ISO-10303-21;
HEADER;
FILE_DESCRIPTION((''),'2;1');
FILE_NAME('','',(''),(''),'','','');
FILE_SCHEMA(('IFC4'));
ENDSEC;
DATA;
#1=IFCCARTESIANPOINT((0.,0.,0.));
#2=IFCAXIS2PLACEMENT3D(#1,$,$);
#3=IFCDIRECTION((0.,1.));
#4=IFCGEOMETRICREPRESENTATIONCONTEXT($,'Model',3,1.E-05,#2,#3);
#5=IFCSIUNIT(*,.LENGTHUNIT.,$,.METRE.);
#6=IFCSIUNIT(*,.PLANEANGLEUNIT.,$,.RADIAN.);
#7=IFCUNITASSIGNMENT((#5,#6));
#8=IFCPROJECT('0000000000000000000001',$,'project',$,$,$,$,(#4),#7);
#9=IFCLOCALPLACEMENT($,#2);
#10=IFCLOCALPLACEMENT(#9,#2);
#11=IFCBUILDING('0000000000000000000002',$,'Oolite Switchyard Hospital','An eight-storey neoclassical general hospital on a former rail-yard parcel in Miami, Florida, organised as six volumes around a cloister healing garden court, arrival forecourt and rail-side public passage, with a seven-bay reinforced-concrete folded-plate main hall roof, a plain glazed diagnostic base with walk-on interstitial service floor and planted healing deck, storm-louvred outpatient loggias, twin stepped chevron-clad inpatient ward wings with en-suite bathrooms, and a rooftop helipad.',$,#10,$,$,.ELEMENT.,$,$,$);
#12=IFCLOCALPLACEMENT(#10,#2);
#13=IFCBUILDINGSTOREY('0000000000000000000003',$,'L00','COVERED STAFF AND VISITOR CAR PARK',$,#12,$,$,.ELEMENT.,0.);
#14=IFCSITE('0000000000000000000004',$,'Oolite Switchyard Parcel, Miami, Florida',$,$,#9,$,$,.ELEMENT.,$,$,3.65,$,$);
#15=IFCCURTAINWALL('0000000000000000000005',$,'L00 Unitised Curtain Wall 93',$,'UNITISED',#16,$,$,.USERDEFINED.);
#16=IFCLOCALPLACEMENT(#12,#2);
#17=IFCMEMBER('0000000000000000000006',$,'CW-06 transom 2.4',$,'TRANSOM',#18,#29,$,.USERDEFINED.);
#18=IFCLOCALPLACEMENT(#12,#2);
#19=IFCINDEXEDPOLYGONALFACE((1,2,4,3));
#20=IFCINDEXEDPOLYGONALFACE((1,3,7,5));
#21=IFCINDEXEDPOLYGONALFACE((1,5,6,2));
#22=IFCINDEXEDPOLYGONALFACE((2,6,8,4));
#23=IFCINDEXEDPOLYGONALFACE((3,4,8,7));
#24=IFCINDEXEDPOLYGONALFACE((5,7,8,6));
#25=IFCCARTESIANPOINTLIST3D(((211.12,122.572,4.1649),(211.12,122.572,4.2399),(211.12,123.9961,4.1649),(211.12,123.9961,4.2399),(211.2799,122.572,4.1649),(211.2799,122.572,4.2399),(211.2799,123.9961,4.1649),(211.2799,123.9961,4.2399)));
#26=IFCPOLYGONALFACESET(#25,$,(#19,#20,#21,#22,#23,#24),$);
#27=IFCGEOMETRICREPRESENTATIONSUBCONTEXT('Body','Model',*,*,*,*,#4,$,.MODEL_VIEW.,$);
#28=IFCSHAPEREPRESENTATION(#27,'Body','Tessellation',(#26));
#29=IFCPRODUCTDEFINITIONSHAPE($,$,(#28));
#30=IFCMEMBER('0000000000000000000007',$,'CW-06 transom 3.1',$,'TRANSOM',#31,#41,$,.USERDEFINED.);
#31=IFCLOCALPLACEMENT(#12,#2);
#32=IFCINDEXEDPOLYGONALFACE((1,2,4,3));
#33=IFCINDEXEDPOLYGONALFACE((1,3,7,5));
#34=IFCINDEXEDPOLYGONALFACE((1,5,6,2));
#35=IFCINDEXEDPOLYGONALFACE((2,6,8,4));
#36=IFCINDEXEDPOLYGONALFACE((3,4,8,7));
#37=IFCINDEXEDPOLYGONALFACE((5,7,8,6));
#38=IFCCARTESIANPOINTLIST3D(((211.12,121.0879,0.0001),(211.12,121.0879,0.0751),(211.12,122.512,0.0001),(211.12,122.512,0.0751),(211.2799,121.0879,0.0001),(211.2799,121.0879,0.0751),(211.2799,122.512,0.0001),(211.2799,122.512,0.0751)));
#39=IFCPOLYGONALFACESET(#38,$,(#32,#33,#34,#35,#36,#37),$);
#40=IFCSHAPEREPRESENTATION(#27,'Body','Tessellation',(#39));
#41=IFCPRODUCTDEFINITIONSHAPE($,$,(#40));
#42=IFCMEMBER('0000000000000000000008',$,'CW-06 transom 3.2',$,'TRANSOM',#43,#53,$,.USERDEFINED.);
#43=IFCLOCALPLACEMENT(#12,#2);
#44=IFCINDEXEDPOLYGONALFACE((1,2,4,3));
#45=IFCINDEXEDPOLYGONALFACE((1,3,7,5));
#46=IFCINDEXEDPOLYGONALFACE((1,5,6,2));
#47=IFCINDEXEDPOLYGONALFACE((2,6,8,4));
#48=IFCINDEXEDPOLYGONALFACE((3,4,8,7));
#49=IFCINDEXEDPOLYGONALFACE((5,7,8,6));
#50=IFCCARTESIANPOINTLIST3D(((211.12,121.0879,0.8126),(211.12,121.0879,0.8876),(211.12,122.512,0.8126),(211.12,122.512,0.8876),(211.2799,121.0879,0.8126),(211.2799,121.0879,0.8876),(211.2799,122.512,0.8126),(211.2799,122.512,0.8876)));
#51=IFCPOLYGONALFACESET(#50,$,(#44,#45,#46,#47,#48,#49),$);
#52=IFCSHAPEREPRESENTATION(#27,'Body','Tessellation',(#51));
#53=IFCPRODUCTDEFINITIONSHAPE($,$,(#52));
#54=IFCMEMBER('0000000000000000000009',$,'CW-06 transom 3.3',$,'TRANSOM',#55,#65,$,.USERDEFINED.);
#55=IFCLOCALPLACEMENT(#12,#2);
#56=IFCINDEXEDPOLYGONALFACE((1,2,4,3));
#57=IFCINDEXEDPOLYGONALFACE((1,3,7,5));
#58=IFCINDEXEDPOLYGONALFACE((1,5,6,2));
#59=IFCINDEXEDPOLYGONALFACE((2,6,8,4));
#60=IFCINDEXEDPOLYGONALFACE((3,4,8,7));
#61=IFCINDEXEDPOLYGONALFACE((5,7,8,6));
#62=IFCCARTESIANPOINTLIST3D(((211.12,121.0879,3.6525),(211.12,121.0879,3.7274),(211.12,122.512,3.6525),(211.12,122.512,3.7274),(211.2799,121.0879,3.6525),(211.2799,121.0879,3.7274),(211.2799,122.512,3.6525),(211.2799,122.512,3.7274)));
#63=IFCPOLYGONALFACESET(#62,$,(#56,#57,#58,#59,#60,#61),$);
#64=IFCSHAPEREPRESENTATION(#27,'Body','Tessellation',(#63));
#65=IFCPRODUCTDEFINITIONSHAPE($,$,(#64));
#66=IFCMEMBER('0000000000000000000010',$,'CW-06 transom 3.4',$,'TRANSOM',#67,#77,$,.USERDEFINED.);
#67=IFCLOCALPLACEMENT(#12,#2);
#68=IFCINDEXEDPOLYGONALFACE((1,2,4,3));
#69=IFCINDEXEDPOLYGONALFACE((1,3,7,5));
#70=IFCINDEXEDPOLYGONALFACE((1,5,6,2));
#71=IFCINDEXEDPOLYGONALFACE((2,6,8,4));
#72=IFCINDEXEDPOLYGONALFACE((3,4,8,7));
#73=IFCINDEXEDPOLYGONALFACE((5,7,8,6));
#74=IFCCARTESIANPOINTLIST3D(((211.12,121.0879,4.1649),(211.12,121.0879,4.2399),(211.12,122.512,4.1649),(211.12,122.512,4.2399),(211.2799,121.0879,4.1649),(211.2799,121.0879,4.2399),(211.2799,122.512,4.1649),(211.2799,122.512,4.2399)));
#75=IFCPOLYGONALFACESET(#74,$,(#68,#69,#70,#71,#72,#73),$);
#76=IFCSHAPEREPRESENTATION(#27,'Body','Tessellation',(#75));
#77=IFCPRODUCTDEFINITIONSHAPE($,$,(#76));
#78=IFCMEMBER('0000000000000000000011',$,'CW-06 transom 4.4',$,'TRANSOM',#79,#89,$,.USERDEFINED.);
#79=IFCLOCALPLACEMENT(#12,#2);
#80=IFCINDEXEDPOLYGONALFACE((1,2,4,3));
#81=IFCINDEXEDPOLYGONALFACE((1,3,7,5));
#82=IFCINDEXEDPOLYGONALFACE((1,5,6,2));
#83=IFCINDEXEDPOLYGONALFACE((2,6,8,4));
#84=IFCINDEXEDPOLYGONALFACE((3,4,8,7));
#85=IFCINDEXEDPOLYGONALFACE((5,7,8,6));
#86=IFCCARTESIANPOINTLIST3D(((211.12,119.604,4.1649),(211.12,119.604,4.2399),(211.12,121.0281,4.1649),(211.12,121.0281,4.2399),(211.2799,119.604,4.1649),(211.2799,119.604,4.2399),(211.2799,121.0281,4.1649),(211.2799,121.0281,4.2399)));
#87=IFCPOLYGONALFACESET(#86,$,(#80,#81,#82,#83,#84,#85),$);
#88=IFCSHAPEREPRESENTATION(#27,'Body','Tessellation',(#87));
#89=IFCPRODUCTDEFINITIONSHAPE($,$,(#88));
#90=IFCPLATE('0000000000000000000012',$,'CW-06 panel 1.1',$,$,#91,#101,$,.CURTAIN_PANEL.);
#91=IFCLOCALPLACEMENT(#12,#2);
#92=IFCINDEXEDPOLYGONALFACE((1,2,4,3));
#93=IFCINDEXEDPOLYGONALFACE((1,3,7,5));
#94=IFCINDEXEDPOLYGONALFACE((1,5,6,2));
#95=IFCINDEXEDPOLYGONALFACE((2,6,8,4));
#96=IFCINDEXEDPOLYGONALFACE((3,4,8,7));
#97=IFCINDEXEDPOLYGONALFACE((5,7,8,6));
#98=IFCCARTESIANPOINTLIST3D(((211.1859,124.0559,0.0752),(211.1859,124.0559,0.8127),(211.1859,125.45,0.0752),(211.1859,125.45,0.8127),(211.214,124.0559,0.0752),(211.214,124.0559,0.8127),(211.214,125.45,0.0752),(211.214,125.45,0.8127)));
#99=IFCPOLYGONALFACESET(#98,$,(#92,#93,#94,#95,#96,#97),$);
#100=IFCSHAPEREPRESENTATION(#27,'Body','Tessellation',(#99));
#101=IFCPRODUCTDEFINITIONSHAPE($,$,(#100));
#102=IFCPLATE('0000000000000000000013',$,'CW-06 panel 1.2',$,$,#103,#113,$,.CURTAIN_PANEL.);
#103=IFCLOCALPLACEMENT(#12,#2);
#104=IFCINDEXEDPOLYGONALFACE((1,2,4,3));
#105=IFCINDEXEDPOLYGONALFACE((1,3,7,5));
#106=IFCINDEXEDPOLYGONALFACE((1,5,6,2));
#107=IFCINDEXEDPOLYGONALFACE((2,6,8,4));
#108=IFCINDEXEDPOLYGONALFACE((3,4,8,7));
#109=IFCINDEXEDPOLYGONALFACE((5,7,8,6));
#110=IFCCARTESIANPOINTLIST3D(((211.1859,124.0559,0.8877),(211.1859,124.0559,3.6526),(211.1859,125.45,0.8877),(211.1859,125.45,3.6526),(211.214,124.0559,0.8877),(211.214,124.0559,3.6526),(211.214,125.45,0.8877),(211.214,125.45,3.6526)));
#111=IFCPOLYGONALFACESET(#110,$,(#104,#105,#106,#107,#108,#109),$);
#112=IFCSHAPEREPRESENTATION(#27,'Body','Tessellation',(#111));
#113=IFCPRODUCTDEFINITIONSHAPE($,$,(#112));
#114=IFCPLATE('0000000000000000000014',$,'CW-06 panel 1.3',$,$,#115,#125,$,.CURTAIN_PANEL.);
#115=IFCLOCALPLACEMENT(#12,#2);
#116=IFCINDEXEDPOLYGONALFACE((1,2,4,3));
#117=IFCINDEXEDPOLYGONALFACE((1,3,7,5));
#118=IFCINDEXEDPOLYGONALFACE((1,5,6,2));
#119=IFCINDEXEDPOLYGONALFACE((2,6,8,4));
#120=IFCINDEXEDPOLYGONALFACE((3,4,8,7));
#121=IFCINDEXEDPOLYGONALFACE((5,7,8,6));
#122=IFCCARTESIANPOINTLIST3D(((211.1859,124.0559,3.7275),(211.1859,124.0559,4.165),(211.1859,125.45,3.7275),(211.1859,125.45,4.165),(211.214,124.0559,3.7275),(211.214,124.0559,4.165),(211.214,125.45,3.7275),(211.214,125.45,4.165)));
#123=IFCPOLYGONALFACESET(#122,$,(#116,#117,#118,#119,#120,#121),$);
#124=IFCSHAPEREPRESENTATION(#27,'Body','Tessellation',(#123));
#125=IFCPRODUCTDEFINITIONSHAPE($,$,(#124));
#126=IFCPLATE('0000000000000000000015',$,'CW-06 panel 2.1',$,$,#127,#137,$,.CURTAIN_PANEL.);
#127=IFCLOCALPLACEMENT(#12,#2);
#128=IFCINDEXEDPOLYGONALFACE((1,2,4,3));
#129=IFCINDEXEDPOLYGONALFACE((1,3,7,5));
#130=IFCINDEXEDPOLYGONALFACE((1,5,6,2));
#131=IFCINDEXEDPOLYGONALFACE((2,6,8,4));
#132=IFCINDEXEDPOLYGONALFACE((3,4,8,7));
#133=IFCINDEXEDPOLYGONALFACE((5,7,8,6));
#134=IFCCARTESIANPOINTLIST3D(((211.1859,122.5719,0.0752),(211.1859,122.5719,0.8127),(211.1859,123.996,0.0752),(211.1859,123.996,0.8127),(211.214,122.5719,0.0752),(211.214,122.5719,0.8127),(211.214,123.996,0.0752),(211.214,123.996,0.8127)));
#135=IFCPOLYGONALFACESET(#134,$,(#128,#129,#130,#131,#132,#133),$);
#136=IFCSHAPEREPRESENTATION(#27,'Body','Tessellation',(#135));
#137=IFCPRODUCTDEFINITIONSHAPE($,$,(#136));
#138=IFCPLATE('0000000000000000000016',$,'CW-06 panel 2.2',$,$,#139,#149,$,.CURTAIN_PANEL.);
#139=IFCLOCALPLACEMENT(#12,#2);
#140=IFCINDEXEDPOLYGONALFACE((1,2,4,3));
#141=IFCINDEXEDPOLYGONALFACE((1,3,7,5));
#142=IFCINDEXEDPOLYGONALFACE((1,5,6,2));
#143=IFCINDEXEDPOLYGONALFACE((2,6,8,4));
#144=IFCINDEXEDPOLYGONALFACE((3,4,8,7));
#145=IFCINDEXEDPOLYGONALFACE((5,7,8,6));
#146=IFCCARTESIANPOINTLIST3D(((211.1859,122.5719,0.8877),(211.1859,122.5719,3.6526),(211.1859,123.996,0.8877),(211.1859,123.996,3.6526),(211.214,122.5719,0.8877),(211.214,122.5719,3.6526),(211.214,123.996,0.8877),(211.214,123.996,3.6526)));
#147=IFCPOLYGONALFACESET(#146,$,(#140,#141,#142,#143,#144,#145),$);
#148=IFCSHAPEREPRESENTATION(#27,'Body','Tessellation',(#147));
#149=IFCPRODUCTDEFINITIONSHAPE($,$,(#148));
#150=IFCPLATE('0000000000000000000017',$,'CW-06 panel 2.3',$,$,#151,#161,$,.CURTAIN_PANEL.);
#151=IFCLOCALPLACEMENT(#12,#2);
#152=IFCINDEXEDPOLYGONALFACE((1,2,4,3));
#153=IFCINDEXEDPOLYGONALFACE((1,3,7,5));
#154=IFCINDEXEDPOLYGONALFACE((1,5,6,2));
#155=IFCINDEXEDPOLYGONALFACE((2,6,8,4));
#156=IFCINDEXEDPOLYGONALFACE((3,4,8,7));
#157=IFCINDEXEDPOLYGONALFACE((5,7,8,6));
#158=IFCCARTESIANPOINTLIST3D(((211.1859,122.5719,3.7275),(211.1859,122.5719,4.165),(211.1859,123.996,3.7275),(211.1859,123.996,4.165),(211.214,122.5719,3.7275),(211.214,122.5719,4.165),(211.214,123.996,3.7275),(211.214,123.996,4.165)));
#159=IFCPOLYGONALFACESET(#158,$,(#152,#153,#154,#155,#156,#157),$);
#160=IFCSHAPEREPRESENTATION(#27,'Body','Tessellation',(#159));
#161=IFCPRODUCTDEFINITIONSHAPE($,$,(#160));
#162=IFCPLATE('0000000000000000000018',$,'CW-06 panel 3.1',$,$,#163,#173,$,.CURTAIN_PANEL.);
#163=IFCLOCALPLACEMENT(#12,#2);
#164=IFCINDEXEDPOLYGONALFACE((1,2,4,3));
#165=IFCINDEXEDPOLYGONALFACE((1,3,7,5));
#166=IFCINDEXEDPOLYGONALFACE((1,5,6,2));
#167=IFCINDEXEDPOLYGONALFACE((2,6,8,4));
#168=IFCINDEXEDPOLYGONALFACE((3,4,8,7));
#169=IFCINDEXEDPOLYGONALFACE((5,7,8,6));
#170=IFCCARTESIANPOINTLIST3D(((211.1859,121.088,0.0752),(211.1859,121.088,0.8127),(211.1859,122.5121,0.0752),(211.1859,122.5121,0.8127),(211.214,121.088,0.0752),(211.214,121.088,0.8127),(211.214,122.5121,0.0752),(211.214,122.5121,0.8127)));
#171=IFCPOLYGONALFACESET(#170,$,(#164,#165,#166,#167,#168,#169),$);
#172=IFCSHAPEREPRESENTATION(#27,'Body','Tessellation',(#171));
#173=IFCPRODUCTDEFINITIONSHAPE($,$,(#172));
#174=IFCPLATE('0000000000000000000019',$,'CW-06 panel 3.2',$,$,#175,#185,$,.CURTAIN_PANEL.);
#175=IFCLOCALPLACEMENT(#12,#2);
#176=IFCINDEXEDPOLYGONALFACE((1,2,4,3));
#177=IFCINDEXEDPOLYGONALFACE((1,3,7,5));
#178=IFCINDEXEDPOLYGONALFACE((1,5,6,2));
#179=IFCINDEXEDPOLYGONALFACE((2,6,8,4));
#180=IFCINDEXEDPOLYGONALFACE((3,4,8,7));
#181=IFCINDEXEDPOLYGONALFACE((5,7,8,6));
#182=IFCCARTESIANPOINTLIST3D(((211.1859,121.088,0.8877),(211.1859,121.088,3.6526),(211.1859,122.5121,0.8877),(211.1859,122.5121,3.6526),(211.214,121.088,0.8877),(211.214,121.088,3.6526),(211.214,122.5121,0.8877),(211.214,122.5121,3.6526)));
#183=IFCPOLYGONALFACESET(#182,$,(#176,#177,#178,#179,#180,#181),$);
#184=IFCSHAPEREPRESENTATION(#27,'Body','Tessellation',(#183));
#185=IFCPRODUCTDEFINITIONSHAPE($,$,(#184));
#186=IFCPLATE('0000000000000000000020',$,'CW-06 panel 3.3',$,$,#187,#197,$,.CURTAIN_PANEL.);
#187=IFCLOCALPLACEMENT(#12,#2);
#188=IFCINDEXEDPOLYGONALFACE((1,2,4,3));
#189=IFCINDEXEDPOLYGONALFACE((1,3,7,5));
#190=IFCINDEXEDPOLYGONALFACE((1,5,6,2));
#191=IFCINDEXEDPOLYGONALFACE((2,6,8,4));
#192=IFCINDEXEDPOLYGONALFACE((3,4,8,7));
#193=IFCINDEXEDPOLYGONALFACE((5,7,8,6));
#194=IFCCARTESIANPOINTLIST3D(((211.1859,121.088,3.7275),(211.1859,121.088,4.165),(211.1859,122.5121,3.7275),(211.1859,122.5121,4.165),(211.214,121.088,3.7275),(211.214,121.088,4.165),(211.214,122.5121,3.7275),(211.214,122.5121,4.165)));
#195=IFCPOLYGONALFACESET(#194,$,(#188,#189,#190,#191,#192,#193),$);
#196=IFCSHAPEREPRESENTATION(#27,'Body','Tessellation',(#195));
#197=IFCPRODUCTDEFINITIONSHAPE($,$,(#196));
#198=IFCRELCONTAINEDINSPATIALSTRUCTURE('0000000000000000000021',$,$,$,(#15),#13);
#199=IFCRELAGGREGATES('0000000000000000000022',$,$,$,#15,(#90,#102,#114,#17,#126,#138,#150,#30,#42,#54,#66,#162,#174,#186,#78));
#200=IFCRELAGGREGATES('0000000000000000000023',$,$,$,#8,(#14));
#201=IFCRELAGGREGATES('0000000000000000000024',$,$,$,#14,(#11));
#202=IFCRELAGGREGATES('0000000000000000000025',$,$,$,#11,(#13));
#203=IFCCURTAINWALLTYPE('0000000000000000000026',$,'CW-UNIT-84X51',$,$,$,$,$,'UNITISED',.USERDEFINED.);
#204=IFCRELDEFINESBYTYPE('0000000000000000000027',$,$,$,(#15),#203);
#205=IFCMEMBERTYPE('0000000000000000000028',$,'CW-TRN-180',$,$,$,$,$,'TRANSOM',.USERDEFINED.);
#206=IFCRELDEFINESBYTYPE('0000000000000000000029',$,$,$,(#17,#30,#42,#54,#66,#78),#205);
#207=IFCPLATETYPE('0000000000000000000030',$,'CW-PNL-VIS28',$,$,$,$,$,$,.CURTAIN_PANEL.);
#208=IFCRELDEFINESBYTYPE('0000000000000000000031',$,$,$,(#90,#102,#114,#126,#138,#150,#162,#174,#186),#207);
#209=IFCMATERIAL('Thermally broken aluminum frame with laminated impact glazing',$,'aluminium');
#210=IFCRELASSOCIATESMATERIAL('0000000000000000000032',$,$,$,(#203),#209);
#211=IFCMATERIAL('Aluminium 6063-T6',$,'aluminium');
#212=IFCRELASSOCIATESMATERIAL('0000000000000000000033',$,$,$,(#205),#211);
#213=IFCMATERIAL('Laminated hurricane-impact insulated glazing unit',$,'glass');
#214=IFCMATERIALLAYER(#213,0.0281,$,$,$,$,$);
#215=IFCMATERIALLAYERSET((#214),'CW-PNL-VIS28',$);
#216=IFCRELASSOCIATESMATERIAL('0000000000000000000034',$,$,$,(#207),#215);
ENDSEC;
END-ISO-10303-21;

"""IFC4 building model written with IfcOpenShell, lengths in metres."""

from ifc_helpers import new_model, si_unit, direction, frame, origin, origin_2d, place, context, subcontext, project, spatial, rectangle, extrude, material, layer, layer_set, material_profile, profile_set, type_object, element, aggregate, save


model = new_model("IFC4")

# Units and contexts
model_context = context("Model", 3, precision=1e-05, world=origin(), true_north=direction((0.0, 1.0)))
body_context = subcontext(model_context, "Body", "Model", "MODEL_VIEW")
ifc_project = project(units=[si_unit("LENGTHUNIT", "METRE"), si_unit("PLANEANGLEUNIT", "RADIAN")], contexts=[model_context])

# Site, building, storey
site_placement = place(None, origin())
site = spatial("IfcSite", under=ifc_project, at=site_placement, Name="Oolite Switchyard Parcel, Miami, Florida", CompositionType="ELEMENT", RefElevation=3.65)
building_placement = place(site_placement, origin())
building = spatial("IfcBuilding", under=site, at=building_placement, Name="Oolite Switchyard Hospital", Description="An eight-storey neoclassical general hospital on a former rail-yard parcel in Miami, Florida, organised as six volumes around a cloister healing garden court, arrival forecourt and rail-side public passage, with a seven-bay reinforced-concrete folded-plate main hall roof, a plain glazed diagnostic base with walk-on interstitial service floor and planted healing deck, storm-louvred outpatient loggias, twin stepped chevron-clad inpatient ward wings with en-suite bathrooms, and a rooftop helipad.", CompositionType="ELEMENT")
storey_placement = place(building_placement, origin())
storey = spatial("IfcBuildingStorey", under=building, at=storey_placement, Name="L00", Description="COVERED STAFF AND VISITOR CAR PARK", CompositionType="ELEMENT", Elevation=0.0)

# Curtain wall, members, plates
ifc_material_1 = material(Name="Thermally broken aluminum frame with laminated impact glazing", Category="aluminium")
curtain_wall_type = type_object("IfcCurtainWallType", Name="CW-UNIT-84X51", ElementType="UNITISED", PredefinedType="USERDEFINED", material=ifc_material_1)
curtain_wall_placement = place(storey_placement, origin())
curtain_wall = element("IfcCurtainWall", 1, at=curtain_wall_placement, inside=storey, type_object=curtain_wall_type, Name="L00 Unitised Curtain Wall 93", ObjectType="UNITISED", PredefinedType="USERDEFINED")
ifc_material_2 = material(Name="Aluminium 6063-T6", Category="aluminium")
ifc_material_profile_1 = material_profile(ifc_material_2, rectangle(XDim=0.1599, YDim=0.075, at=origin_2d()), Name="CWT75X160")
ifc_profile_set_1 = profile_set([ifc_material_profile_1], Name="Aluminium 6063-T6")
member_type_1 = type_object("IfcMemberType", Name="CW-TRN-180", ElementType="TRANSOM", PredefinedType="USERDEFINED", material=ifc_profile_set_1)
member_1_placement = place(storey_placement, frame((211.2, 123.9961, 4.2024), z_axis=(0.0, -1.0, 0.0), x_axis=(1.0, 0.0, 0.0)))
member_1 = element("IfcMember", 2, at=member_1_placement, type_object=member_type_1, Name="CW-06 transom 2.4", ObjectType="TRANSOM", PredefinedType="USERDEFINED", context=body_context, shape_type="SweptSolid", body=[
    extrude(rectangle(XDim=0.1599, YDim=0.075, at=origin_2d()), origin(), (0.0, 0.0, 1.0), 1.4241),
])
member_2_placement = place(storey_placement, frame((211.2, 122.512, 0.0376), z_axis=(0.0, -1.0, 0.0), x_axis=(1.0, 0.0, 0.0)))
member_2 = element("IfcMember", 3, at=member_2_placement, type_object=member_type_1, Name="CW-06 transom 3.1", ObjectType="TRANSOM", PredefinedType="USERDEFINED", context=body_context, shape_type="SweptSolid", body=[
    extrude(rectangle(XDim=0.1599, YDim=0.075, at=origin_2d()), origin(), (0.0, 0.0, 1.0), 1.4241),
])
member_3_placement = place(storey_placement, frame((211.2, 122.512, 0.8501), z_axis=(0.0, -1.0, 0.0), x_axis=(1.0, 0.0, 0.0)))
member_3 = element("IfcMember", 4, at=member_3_placement, type_object=member_type_1, Name="CW-06 transom 3.2", ObjectType="TRANSOM", PredefinedType="USERDEFINED", context=body_context, shape_type="SweptSolid", body=[
    extrude(rectangle(XDim=0.1599, YDim=0.075, at=origin_2d()), origin(), (0.0, 0.0, 1.0), 1.4241),
])
member_4_placement = place(storey_placement, frame((211.2, 122.512, 3.6899), z_axis=(0.0, -1.0, 0.0), x_axis=(1.0, 0.0, 0.0)))
member_4 = element("IfcMember", 5, at=member_4_placement, type_object=member_type_1, Name="CW-06 transom 3.3", ObjectType="TRANSOM", PredefinedType="USERDEFINED", context=body_context, shape_type="SweptSolid", body=[
    extrude(rectangle(XDim=0.1599, YDim=0.075, at=origin_2d()), origin(), (0.0, 0.0, 1.0), 1.4241),
])
member_5_placement = place(storey_placement, frame((211.2, 122.512, 4.2024), z_axis=(0.0, -1.0, 0.0), x_axis=(1.0, 0.0, 0.0)))
member_5 = element("IfcMember", 6, at=member_5_placement, type_object=member_type_1, Name="CW-06 transom 3.4", ObjectType="TRANSOM", PredefinedType="USERDEFINED", context=body_context, shape_type="SweptSolid", body=[
    extrude(rectangle(XDim=0.1599, YDim=0.075, at=origin_2d()), origin(), (0.0, 0.0, 1.0), 1.4241),
])
member_6_placement = place(storey_placement, frame((211.2, 121.0281, 4.2024), z_axis=(0.0, -1.0, 0.0), x_axis=(1.0, 0.0, 0.0)))
member_6 = element("IfcMember", 7, at=member_6_placement, type_object=member_type_1, Name="CW-06 transom 4.4", ObjectType="TRANSOM", PredefinedType="USERDEFINED", context=body_context, shape_type="SweptSolid", body=[
    extrude(rectangle(XDim=0.1599, YDim=0.075, at=origin_2d()), origin(), (0.0, 0.0, 1.0), 1.4241),
])
ifc_material_3 = material(Name="Laminated hurricane-impact insulated glazing unit", Category="glass")
ifc_layer = layer(ifc_material_3, 0.0281)
ifc_layer_set = layer_set([ifc_layer], Name="CW-PNL-VIS28")
plate_type = type_object("IfcPlateType", Name="CW-PNL-VIS28", PredefinedType="CURTAIN_PANEL", material=ifc_layer_set)
plate_1_placement = place(storey_placement, frame((211.2, 124.7529, 0.0752), z_axis=(0.0, 0.0, 1.0), x_axis=(0.0, -1.0, 0.0)))
plate_1 = element("IfcPlate", 8, at=plate_1_placement, type_object=plate_type, Name="CW-06 panel 1.1", PredefinedType="CURTAIN_PANEL", context=body_context, shape_type="SweptSolid", body=[
    extrude(rectangle(XDim=1.394, YDim=0.0281, at=origin_2d()), origin(), (0.0, 0.0, 1.0), 0.7375),
])
plate_2_placement = place(storey_placement, frame((211.2, 124.7529, 0.8877), z_axis=(0.0, 0.0, 1.0), x_axis=(0.0, -1.0, 0.0)))
plate_2 = element("IfcPlate", 9, at=plate_2_placement, type_object=plate_type, Name="CW-06 panel 1.2", PredefinedType="CURTAIN_PANEL", context=body_context, shape_type="SweptSolid", body=[
    extrude(rectangle(XDim=1.394, YDim=0.0281, at=origin_2d()), origin(), (0.0, 0.0, 1.0), 2.7649),
])
plate_3_placement = place(storey_placement, frame((211.2, 124.7529, 3.7275), z_axis=(0.0, 0.0, 1.0), x_axis=(0.0, -1.0, 0.0)))
plate_3 = element("IfcPlate", 10, at=plate_3_placement, type_object=plate_type, Name="CW-06 panel 1.3", PredefinedType="CURTAIN_PANEL", context=body_context, shape_type="SweptSolid", body=[
    extrude(rectangle(XDim=1.394, YDim=0.0281, at=origin_2d()), origin(), (0.0, 0.0, 1.0), 0.4375),
])
plate_4_placement = place(storey_placement, frame((211.2, 123.2839, 0.0752), z_axis=(0.0, 0.0, 1.0), x_axis=(0.0, -1.0, 0.0)))
plate_4 = element("IfcPlate", 11, at=plate_4_placement, type_object=plate_type, Name="CW-06 panel 2.1", PredefinedType="CURTAIN_PANEL", context=body_context, shape_type="SweptSolid", body=[
    extrude(rectangle(XDim=1.4241, YDim=0.0281, at=origin_2d()), origin(), (0.0, 0.0, 1.0), 0.7375),
])
plate_5_placement = place(storey_placement, frame((211.2, 123.2839, 0.8877), z_axis=(0.0, 0.0, 1.0), x_axis=(0.0, -1.0, 0.0)))
plate_5 = element("IfcPlate", 12, at=plate_5_placement, type_object=plate_type, Name="CW-06 panel 2.2", PredefinedType="CURTAIN_PANEL", context=body_context, shape_type="SweptSolid", body=[
    extrude(rectangle(XDim=1.4241, YDim=0.0281, at=origin_2d()), origin(), (0.0, 0.0, 1.0), 2.7649),
])
plate_6_placement = place(storey_placement, frame((211.2, 123.2839, 3.7275), z_axis=(0.0, 0.0, 1.0), x_axis=(0.0, -1.0, 0.0)))
plate_6 = element("IfcPlate", 13, at=plate_6_placement, type_object=plate_type, Name="CW-06 panel 2.3", PredefinedType="CURTAIN_PANEL", context=body_context, shape_type="SweptSolid", body=[
    extrude(rectangle(XDim=1.4241, YDim=0.0281, at=origin_2d()), origin(), (0.0, 0.0, 1.0), 0.4375),
])
plate_7_placement = place(storey_placement, frame((211.2, 121.8, 0.0752), z_axis=(0.0, 0.0, 1.0), x_axis=(0.0, -1.0, 0.0)))
plate_7 = element("IfcPlate", 14, at=plate_7_placement, type_object=plate_type, Name="CW-06 panel 3.1", PredefinedType="CURTAIN_PANEL", context=body_context, shape_type="SweptSolid", body=[
    extrude(rectangle(XDim=1.4241, YDim=0.0281, at=origin_2d()), origin(), (0.0, 0.0, 1.0), 0.7375),
])
plate_8_placement = place(storey_placement, frame((211.2, 121.8, 0.8877), z_axis=(0.0, 0.0, 1.0), x_axis=(0.0, -1.0, 0.0)))
plate_8 = element("IfcPlate", 15, at=plate_8_placement, type_object=plate_type, Name="CW-06 panel 3.2", PredefinedType="CURTAIN_PANEL", context=body_context, shape_type="SweptSolid", body=[
    extrude(rectangle(XDim=1.4241, YDim=0.0281, at=origin_2d()), origin(), (0.0, 0.0, 1.0), 2.7649),
])
plate_9_placement = place(storey_placement, frame((211.2, 121.8, 3.7275), z_axis=(0.0, 0.0, 1.0), x_axis=(0.0, -1.0, 0.0)))
plate_9 = element("IfcPlate", 16, at=plate_9_placement, type_object=plate_type, Name="CW-06 panel 3.3", PredefinedType="CURTAIN_PANEL", context=body_context, shape_type="SweptSolid", body=[
    extrude(rectangle(XDim=1.4241, YDim=0.0281, at=origin_2d()), origin(), (0.0, 0.0, 1.0), 0.4375),
])
aggregate(curtain_wall, [plate_1, plate_2, plate_3, member_1, plate_4, plate_5, plate_6, member_2, member_3, member_4, member_5, plate_7, plate_8, plate_9, member_6])

save(model, "model.ifc")
